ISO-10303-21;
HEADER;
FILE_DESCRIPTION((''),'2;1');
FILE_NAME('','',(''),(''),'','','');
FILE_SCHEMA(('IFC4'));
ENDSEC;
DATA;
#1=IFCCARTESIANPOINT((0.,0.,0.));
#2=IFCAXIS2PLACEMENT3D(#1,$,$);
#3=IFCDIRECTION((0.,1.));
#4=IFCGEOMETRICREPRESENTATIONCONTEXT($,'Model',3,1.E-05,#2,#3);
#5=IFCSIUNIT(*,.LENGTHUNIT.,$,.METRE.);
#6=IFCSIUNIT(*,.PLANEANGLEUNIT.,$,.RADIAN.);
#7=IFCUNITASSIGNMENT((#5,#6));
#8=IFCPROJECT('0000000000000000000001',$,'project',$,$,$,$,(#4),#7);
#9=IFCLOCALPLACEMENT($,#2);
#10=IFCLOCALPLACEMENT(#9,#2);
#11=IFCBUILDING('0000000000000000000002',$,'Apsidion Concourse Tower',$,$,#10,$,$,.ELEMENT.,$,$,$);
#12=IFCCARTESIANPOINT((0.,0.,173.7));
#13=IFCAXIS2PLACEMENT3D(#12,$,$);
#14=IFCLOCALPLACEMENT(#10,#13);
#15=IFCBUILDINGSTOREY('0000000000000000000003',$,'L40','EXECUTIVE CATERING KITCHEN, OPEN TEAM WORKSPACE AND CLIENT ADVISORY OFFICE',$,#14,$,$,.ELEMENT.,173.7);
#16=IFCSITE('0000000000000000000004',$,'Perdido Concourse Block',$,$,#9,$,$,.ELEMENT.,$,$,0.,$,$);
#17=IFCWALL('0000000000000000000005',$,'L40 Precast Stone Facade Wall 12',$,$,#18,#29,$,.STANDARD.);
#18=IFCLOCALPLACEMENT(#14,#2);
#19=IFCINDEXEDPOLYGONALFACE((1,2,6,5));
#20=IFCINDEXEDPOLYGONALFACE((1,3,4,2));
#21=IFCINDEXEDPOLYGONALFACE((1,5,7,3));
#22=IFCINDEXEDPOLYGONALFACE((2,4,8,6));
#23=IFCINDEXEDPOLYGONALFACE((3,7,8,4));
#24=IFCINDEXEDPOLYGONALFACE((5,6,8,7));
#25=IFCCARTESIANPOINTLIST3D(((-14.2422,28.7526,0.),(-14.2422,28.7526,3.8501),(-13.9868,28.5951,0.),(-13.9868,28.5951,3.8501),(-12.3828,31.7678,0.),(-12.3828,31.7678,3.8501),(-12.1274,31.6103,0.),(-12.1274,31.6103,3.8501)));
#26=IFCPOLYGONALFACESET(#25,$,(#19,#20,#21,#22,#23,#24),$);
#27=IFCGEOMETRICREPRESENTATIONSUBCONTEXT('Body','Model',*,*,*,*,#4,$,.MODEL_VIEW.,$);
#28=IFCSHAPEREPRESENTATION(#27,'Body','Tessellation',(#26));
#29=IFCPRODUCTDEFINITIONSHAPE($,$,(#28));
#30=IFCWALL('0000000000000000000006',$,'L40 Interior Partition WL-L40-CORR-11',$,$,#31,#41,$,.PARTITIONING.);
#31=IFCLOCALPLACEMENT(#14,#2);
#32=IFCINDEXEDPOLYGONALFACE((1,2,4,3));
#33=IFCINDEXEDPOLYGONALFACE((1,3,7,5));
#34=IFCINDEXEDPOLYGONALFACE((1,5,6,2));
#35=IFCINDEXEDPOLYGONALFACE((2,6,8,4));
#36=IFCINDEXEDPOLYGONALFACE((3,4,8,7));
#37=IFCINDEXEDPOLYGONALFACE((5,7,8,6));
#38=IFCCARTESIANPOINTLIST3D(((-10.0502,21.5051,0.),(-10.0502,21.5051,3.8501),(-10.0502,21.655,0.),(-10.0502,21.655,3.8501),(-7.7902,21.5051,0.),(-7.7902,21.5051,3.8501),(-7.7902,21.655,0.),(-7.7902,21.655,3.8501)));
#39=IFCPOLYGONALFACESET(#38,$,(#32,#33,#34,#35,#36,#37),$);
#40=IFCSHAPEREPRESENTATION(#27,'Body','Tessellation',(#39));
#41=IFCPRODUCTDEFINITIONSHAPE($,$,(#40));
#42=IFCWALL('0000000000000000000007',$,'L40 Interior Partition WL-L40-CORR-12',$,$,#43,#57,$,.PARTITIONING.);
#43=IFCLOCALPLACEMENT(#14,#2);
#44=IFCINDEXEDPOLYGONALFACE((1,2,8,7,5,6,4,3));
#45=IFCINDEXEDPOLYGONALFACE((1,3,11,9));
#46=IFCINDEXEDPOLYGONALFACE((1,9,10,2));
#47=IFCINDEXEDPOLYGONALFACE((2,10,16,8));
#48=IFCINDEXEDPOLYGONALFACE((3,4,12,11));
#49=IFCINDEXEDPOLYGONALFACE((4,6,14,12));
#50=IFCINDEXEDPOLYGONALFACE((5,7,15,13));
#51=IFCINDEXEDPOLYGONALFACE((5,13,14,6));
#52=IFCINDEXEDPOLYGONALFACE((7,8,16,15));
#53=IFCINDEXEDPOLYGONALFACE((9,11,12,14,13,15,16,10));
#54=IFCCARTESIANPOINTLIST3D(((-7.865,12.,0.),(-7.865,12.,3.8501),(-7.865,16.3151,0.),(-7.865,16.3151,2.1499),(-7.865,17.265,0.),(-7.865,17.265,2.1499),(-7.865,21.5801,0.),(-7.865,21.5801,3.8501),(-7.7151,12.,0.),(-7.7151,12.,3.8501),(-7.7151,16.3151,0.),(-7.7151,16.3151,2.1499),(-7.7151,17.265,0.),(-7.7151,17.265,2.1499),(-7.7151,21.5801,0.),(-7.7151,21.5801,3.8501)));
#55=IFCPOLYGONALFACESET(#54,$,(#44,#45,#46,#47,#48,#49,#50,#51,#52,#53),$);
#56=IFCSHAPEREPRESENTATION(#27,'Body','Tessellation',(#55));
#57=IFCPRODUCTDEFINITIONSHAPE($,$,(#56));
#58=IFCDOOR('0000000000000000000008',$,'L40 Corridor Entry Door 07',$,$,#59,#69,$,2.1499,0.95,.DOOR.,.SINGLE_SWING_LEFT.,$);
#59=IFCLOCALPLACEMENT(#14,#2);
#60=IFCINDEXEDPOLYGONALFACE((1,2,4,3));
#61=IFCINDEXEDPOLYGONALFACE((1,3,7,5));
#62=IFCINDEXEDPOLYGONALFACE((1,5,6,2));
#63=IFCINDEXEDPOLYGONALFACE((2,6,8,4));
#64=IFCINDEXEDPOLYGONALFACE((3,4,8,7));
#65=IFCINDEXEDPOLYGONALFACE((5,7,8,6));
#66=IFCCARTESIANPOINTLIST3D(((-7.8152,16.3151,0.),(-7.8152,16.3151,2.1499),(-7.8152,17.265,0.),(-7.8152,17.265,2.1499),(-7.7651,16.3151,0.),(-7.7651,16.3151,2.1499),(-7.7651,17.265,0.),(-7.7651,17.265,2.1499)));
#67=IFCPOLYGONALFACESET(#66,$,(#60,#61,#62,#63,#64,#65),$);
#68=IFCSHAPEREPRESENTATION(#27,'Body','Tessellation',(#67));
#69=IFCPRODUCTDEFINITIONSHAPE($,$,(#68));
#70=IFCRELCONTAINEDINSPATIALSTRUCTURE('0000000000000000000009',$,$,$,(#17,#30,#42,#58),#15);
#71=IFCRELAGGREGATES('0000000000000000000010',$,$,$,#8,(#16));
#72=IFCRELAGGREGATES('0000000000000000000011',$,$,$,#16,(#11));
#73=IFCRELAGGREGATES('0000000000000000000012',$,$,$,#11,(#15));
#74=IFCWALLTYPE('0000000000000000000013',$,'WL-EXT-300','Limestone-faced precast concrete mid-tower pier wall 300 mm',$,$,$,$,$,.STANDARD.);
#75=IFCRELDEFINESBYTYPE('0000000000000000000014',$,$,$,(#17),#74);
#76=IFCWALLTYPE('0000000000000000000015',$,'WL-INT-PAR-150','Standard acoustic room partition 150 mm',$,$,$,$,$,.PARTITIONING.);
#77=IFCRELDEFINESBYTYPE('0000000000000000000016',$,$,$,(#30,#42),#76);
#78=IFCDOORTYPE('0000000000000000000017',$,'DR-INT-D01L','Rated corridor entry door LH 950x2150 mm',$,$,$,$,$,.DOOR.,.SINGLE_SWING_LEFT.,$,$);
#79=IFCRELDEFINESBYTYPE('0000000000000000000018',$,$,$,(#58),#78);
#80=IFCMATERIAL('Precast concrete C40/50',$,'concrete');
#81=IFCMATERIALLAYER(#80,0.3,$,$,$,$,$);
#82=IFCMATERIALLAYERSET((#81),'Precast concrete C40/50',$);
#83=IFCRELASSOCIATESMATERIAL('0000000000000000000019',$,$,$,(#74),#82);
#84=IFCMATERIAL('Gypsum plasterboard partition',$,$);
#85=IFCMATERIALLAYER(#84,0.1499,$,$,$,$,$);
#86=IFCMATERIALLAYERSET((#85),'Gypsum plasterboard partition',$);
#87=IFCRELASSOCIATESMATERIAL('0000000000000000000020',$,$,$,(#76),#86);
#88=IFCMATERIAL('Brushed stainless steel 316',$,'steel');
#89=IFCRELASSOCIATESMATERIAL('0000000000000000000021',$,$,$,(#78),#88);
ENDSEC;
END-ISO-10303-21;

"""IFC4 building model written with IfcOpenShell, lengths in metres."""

from ifc_helpers import new_model, si_unit, direction, frame, frame_2d, origin, place, context, subcontext, project, spatial, rectangle, extrude, material, layer, layer_set, type_object, element, fill, save


model = new_model("IFC4")

# Units and contexts
model_context = context("Model", 3, precision=1e-05, world=origin(), true_north=direction((0.0, 1.0)))
body_context = subcontext(model_context, "Body", "Model", "MODEL_VIEW")
ifc_project = project(units=[si_unit("LENGTHUNIT", "METRE"), si_unit("PLANEANGLEUNIT", "RADIAN")], contexts=[model_context])

# Site, building, storey
site_placement = place(None, origin())
site = spatial("IfcSite", under=ifc_project, at=site_placement, Name="Perdido Concourse Block", CompositionType="ELEMENT", RefElevation=0.0)
building_placement = place(site_placement, origin())
building = spatial("IfcBuilding", under=site, at=building_placement, Name="Apsidion Concourse Tower", CompositionType="ELEMENT")
storey_placement = place(building_placement, frame((0.0, 0.0, 173.7)))
storey = spatial("IfcBuildingStorey", under=building, at=storey_placement, Name="L40", Description="EXECUTIVE CATERING KITCHEN, OPEN TEAM WORKSPACE AND CLIENT ADVISORY OFFICE", CompositionType="ELEMENT", Elevation=173.7)

# Shared definitions
ifc_material_1 = material(Name="Precast concrete C40/50", Category="concrete")
ifc_layer_1 = layer(ifc_material_1, 0.3)
ifc_layer_set_1 = layer_set([ifc_layer_1], Name="Precast concrete C40/50")
wall_type_1 = type_object("IfcWallType", Name="WL-EXT-300", Description="Limestone-faced precast concrete mid-tower pier wall 300 mm", PredefinedType="STANDARD", material=ifc_layer_set_1)

# Walls
wall_1_placement = place(storey_placement, frame((-14.1145, 28.6738, 0.0), z_axis=(0.0, 0.0, 1.0), x_axis=(0.524897, 0.851166, 0.0)))
element("IfcWall", 1, at=wall_1_placement, inside=storey, type_object=wall_type_1, Name="L40 Precast Stone Facade Wall 12", PredefinedType="STANDARD", context=body_context, shape_type="SweptSolid", body=[
    extrude(rectangle(XDim=3.5425, YDim=0.3, at=frame_2d((1.7712, 0.0))), origin(), (0.0, 0.0, 1.0), 3.8501),
])
ifc_material_2 = material(Name="Gypsum plasterboard partition")
ifc_layer_2 = layer(ifc_material_2, 0.1499)
ifc_layer_set_2 = layer_set([ifc_layer_2], Name="Gypsum plasterboard partition")
wall_type_2 = type_object("IfcWallType", Name="WL-INT-PAR-150", Description="Standard acoustic room partition 150 mm", PredefinedType="PARTITIONING", material=ifc_layer_set_2)
wall_2_placement = place(storey_placement, frame((-10.05, 21.5801, 0.0), z_axis=(0.0, 0.0, 1.0), x_axis=(1.0, 0.0, 0.0)))
element("IfcWall", 2, at=wall_2_placement, inside=storey, type_object=wall_type_2, Name="L40 Interior Partition WL-L40-CORR-11", PredefinedType="PARTITIONING", context=body_context, shape_type="SweptSolid", body=[
    extrude(rectangle(XDim=2.26, YDim=0.1499, at=frame_2d((1.1299, 0.0))), origin(), (0.0, 0.0, 1.0), 3.8501),
])

# Wall, opening, door
wall_3_placement = place(storey_placement, frame((-7.79, 21.5801, 0.0), z_axis=(0.0, 0.0, 1.0), x_axis=(0.0, -1.0, 0.0)))
wall_3 = element("IfcWall", 3, at=wall_3_placement, inside=storey, type_object=wall_type_2, Name="L40 Interior Partition WL-L40-CORR-12", PredefinedType="PARTITIONING", context=body_context, shape_type="SweptSolid", body=[
    extrude(rectangle(XDim=9.5801, YDim=0.1499, at=frame_2d((4.79, 0.0))), origin(), (0.0, 0.0, 1.0), 3.8501),
])
opening_1_placement = place(wall_3_placement, frame((4.3149, 0.0, 0.0)))
opening_1 = element("IfcOpeningElement", 4, at=opening_1_placement, cuts=wall_3, PredefinedType="OPENING", context=body_context, shape_type="SweptSolid", body=[
    extrude(rectangle(XDim=0.95, YDim=2.1499, at=frame_2d((0.4751, 1.075))), frame((0.0, 0.085, 0.0), z_axis=(0.0, -1.0, 0.0), x_axis=(1.0, 0.0, 0.0)), (0.0, 0.0, 1.0), 0.1699),
])
ifc_material_3 = material(Name="Brushed stainless steel 316", Category="steel")
door_type_1 = type_object("IfcDoorType", Name="DR-INT-D01L", Description="Rated corridor entry door LH 950x2150 mm", OperationType="SINGLE_SWING_LEFT", PredefinedType="DOOR", material=ifc_material_3)
door_1_placement = place(opening_1_placement, origin())
door_1 = element("IfcDoor", 5, at=door_1_placement, inside=storey, type_object=door_type_1, Name="L40 Corridor Entry Door 07", OperationType="SINGLE_SWING_LEFT", OverallHeight=2.1499, OverallWidth=0.95, PredefinedType="DOOR", context=body_context, shape_type="SweptSolid", body=[
    extrude(rectangle(XDim=0.95, YDim=2.1499, at=frame_2d((0.4751, 1.075))), frame((0.0, 0.0249, 0.0), z_axis=(0.0, -1.0, 0.0), x_axis=(1.0, 0.0, 0.0)), (0.0, 0.0, 1.0), 0.05),
])
fill(opening_1, door_1)

save(model, "model.ifc")
